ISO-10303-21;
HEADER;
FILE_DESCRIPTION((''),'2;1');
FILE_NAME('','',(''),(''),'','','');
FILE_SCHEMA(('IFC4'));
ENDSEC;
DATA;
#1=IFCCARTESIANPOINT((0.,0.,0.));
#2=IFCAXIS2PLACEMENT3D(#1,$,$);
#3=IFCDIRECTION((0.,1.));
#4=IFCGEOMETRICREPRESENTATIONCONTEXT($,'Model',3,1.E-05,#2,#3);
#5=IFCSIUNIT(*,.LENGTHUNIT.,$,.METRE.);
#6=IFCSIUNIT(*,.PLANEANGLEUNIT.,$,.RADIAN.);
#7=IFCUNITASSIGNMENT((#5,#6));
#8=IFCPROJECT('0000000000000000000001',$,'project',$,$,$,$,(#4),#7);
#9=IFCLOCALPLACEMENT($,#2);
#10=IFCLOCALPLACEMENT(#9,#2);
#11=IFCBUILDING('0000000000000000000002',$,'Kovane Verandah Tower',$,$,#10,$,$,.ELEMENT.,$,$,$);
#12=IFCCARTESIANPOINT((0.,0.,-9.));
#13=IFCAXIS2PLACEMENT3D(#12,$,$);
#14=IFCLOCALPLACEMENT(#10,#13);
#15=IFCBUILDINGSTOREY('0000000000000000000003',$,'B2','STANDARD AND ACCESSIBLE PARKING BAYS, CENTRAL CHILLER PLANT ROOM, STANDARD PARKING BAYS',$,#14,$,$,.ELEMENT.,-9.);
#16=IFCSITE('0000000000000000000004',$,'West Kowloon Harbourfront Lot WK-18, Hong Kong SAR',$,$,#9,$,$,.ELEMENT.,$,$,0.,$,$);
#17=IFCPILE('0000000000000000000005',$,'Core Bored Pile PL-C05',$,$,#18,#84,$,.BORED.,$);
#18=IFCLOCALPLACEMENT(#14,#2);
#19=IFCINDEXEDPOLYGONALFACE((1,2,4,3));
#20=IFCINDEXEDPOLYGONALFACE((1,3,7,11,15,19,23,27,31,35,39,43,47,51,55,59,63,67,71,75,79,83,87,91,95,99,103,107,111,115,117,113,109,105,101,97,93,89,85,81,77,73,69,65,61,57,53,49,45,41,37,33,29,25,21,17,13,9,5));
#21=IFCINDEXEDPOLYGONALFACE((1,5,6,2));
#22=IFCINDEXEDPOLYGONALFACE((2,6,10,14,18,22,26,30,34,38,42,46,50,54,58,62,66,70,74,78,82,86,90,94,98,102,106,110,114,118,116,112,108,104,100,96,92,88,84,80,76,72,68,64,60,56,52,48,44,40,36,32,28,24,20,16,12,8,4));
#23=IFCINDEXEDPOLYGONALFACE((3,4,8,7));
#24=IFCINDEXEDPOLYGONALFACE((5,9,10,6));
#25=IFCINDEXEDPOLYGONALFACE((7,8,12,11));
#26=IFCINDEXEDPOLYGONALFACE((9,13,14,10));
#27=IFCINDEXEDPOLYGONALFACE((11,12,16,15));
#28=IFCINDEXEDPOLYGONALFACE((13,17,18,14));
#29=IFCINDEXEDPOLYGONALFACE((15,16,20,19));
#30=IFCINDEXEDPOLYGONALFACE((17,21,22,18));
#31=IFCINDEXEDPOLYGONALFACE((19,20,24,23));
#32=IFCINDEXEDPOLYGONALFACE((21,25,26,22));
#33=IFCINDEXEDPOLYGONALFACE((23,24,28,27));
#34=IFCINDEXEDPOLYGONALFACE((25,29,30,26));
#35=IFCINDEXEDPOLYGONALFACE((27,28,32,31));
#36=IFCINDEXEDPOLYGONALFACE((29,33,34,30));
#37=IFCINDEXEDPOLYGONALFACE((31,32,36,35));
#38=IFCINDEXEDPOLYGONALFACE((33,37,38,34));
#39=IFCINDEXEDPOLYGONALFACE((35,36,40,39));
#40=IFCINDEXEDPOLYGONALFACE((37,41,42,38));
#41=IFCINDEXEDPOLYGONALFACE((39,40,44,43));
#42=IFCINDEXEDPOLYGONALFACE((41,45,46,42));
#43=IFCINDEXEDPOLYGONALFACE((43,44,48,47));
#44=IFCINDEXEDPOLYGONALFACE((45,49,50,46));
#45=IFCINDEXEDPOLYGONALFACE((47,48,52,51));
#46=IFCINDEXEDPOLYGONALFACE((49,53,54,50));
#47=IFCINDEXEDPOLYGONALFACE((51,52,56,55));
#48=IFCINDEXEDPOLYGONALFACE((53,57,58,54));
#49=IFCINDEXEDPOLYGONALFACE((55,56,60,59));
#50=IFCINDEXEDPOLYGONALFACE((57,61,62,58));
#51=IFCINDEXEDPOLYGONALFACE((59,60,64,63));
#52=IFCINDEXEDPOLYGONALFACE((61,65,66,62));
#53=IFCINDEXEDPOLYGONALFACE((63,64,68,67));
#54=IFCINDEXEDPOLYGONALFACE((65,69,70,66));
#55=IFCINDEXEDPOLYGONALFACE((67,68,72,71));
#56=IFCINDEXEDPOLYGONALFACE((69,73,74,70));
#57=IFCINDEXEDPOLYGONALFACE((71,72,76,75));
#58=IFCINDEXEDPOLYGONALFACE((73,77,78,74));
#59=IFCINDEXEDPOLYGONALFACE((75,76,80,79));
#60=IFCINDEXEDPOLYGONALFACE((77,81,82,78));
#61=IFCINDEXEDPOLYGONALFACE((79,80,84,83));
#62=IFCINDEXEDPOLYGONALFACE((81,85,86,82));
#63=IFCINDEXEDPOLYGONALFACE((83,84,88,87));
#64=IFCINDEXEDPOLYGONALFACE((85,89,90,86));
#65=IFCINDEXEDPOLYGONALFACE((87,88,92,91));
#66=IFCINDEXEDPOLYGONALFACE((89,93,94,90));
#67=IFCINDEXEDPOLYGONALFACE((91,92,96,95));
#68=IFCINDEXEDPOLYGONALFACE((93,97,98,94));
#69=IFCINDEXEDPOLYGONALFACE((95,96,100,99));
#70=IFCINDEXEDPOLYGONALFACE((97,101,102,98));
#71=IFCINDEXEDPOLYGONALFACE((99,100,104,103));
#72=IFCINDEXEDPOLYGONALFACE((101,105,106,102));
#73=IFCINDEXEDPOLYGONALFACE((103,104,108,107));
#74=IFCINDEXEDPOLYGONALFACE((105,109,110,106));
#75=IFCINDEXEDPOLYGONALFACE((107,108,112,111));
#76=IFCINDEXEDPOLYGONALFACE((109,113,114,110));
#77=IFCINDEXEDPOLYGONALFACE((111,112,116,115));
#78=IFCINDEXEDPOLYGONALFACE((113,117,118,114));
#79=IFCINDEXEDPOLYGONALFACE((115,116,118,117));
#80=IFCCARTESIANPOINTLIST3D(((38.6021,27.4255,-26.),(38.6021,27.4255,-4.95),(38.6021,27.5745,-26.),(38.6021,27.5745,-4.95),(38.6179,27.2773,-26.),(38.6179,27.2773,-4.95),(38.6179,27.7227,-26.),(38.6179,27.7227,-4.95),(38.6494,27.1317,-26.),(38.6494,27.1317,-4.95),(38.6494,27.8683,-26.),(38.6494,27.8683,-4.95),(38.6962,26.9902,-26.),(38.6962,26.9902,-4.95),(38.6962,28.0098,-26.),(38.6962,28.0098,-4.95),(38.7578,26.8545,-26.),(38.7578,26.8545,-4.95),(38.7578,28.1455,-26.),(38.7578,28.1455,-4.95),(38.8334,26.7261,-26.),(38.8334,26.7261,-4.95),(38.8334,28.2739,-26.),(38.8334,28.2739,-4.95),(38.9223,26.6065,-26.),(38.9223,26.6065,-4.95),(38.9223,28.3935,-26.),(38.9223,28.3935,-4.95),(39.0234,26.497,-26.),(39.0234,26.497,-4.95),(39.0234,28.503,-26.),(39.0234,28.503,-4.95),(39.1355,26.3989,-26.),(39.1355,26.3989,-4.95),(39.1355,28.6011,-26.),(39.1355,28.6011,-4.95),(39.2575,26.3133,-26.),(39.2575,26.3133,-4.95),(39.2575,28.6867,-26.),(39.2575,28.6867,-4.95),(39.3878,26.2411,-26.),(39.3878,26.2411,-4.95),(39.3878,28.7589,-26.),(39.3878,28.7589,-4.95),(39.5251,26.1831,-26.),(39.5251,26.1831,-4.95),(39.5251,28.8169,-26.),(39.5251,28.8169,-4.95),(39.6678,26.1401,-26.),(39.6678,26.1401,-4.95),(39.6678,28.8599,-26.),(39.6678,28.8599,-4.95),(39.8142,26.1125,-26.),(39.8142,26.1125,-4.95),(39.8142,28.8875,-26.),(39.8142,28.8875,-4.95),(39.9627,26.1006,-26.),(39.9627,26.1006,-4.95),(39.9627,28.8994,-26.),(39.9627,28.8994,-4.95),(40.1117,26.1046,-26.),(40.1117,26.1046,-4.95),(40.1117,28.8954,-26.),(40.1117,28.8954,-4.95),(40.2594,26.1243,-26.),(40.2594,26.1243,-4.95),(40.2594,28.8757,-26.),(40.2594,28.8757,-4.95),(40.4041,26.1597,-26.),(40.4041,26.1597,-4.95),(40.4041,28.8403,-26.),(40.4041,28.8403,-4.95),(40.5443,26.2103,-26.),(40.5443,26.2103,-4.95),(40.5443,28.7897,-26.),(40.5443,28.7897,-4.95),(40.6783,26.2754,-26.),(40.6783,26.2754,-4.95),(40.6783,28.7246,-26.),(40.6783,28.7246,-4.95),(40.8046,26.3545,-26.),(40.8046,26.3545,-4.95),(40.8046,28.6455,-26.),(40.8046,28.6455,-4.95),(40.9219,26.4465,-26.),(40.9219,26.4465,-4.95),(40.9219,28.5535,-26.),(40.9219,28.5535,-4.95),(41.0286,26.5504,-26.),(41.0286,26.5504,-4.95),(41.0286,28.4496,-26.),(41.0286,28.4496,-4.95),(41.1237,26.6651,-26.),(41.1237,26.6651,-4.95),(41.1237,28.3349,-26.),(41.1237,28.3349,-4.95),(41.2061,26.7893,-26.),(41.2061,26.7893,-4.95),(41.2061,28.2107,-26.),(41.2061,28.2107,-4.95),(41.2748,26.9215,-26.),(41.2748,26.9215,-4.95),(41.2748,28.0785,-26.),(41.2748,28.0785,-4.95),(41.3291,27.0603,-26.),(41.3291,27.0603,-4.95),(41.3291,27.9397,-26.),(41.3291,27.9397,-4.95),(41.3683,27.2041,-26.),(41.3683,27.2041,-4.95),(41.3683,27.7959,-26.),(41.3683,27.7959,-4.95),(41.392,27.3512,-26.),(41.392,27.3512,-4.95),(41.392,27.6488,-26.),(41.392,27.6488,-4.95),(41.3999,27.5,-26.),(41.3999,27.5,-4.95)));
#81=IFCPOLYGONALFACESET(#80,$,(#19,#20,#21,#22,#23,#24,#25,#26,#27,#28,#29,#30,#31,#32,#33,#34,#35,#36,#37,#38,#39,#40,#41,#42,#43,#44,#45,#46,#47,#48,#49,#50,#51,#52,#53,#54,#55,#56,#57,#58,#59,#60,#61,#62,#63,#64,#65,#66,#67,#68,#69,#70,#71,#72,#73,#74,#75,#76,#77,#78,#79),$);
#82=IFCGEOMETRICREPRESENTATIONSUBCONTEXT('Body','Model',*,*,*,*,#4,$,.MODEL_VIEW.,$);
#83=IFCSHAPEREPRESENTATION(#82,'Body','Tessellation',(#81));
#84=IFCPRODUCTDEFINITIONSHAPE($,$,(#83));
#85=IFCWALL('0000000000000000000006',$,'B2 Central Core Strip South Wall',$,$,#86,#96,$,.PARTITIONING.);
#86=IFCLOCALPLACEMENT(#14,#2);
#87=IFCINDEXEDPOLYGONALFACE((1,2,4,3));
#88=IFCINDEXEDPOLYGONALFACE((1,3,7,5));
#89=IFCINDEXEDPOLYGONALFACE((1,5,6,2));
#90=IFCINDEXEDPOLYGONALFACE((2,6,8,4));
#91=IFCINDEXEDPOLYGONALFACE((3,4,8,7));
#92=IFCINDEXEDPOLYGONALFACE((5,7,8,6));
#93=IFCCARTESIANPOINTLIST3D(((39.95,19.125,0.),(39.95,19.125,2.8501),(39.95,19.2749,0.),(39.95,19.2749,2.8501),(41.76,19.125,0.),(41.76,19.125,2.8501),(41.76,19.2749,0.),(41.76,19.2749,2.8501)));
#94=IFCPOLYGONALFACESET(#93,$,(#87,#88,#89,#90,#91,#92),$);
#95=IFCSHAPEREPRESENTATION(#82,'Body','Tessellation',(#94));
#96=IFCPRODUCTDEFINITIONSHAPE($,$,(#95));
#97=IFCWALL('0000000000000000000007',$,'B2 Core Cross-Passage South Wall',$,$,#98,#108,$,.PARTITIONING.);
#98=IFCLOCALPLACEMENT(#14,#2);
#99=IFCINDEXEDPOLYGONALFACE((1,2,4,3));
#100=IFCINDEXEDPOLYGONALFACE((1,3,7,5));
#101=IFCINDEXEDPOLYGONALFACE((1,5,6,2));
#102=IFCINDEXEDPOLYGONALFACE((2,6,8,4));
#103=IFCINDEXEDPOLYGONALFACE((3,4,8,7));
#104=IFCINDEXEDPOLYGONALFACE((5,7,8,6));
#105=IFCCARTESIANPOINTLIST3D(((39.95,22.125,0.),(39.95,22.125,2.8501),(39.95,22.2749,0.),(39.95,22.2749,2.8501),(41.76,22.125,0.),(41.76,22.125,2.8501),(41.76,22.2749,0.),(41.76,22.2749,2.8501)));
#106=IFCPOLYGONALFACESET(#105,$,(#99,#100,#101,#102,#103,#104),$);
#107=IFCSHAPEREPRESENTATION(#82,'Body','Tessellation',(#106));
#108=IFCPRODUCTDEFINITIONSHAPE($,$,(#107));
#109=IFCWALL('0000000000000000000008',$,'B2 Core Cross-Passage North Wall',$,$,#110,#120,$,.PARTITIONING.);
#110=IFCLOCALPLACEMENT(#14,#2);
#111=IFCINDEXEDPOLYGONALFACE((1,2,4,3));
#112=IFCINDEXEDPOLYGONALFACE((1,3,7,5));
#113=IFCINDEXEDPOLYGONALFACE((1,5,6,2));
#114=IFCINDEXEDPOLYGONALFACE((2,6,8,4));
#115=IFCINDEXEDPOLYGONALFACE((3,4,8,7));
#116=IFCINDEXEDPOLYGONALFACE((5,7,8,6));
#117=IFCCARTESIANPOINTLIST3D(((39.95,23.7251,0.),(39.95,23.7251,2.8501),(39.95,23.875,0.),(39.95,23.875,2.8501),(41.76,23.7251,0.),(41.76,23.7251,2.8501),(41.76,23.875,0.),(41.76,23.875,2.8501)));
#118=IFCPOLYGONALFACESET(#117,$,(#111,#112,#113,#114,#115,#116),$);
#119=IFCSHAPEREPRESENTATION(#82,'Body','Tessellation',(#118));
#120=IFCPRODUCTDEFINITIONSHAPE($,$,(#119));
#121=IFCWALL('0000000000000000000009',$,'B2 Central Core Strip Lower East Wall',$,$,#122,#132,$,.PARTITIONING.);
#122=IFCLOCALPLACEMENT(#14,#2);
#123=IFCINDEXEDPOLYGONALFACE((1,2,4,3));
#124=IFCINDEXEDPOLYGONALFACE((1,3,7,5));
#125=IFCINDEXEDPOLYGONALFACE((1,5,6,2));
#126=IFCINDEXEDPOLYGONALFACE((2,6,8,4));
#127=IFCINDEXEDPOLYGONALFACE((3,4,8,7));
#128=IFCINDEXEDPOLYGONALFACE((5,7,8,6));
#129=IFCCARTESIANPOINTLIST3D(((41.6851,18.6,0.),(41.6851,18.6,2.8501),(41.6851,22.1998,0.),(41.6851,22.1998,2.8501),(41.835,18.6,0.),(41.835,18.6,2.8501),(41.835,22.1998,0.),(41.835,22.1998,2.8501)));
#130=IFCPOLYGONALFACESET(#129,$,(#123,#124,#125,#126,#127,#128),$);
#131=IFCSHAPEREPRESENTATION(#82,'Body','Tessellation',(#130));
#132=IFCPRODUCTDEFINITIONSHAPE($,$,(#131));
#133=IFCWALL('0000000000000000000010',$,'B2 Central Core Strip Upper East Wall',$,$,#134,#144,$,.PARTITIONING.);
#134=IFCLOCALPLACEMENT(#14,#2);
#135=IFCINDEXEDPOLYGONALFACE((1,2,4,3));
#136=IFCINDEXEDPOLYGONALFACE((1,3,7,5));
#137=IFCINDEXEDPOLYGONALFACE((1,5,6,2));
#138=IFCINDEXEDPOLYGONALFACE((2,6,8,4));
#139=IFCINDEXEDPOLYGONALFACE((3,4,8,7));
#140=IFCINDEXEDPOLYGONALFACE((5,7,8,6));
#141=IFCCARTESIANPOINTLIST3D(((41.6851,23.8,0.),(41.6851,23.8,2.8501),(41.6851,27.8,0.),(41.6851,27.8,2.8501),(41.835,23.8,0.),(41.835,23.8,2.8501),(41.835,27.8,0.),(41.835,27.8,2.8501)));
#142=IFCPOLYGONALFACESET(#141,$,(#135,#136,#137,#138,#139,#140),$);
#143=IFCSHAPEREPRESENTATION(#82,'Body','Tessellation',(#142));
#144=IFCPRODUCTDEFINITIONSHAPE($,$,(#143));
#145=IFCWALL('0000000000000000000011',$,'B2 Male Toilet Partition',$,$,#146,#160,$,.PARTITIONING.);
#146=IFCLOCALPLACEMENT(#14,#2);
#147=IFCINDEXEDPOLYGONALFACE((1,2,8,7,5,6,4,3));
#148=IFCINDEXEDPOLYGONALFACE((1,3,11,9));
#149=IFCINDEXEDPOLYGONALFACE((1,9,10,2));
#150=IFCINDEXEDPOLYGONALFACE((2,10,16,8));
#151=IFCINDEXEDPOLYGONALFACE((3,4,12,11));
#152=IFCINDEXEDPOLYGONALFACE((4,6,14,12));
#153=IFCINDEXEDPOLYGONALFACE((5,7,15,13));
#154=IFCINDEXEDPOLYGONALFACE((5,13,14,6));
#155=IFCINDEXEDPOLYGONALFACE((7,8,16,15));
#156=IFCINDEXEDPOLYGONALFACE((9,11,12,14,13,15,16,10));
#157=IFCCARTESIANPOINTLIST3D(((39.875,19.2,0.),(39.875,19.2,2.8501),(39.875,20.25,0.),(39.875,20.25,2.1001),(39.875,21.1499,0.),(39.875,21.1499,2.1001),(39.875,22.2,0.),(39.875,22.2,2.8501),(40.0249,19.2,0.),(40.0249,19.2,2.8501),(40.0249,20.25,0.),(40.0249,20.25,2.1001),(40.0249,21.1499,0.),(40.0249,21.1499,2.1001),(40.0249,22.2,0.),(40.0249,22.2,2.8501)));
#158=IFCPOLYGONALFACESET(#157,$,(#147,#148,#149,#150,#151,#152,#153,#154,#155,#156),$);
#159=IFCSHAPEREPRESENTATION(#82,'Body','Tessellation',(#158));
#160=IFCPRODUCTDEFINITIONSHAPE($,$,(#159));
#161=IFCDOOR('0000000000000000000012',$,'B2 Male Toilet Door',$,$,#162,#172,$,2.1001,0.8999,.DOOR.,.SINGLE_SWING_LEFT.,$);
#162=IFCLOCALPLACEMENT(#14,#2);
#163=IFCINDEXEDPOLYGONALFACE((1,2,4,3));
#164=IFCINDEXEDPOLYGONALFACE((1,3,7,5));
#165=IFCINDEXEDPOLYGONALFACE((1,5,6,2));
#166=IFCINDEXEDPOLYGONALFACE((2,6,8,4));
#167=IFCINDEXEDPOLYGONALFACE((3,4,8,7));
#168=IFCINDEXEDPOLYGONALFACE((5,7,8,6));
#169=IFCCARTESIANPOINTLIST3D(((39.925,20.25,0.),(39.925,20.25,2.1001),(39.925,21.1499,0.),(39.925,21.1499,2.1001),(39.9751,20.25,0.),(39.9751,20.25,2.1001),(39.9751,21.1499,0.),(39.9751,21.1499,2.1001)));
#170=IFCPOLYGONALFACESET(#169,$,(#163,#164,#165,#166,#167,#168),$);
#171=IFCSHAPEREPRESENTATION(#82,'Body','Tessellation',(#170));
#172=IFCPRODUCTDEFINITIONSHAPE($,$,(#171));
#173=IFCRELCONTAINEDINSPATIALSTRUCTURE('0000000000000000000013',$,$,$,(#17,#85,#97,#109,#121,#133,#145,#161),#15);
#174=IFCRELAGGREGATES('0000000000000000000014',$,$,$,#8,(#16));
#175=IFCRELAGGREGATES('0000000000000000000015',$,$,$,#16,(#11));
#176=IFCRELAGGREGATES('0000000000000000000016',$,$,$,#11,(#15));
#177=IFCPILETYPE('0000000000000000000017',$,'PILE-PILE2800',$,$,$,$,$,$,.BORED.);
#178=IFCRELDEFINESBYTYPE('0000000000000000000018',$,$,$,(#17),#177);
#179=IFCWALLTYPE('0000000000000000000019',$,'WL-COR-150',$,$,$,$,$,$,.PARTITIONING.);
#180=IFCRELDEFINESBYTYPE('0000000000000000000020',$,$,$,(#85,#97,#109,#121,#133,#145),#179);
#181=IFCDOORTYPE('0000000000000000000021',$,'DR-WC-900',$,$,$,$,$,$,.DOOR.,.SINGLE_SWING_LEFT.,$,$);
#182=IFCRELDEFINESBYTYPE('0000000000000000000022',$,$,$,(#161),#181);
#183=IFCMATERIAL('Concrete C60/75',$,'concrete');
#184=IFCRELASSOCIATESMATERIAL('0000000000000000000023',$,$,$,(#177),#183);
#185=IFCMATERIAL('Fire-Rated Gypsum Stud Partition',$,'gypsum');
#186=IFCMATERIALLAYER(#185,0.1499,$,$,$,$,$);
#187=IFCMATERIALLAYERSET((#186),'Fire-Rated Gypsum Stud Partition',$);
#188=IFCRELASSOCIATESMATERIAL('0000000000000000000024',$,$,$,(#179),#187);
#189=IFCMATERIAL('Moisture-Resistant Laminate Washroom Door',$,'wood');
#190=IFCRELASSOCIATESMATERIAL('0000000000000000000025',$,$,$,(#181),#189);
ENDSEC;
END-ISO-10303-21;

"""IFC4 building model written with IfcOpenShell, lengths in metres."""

from ifc_helpers import new_model, si_unit, direction, frame, frame_2d, origin, origin_2d, place, context, subcontext, project, spatial, rectangle, circle, extrude, material, layer, layer_set, material_profile, profile_set, type_object, element, fill, save


model = new_model("IFC4")

# Units and contexts
model_context = context("Model", 3, precision=1e-05, world=origin(), true_north=direction((0.0, 1.0)))
body_context = subcontext(model_context, "Body", "Model", "MODEL_VIEW")
ifc_project = project(units=[si_unit("LENGTHUNIT", "METRE"), si_unit("PLANEANGLEUNIT", "RADIAN")], contexts=[model_context])

# Site, building, storey
site_placement = place(None, origin())
site = spatial("IfcSite", under=ifc_project, at=site_placement, Name="West Kowloon Harbourfront Lot WK-18, Hong Kong SAR", CompositionType="ELEMENT", RefElevation=0.0)
building_placement = place(site_placement, origin())
building = spatial("IfcBuilding", under=site, at=building_placement, Name="Kovane Verandah Tower", CompositionType="ELEMENT")
storey_placement = place(building_placement, frame((0.0, 0.0, -9.0)))
storey = spatial("IfcBuildingStorey", under=building, at=storey_placement, Name="B2", Description="STANDARD AND ACCESSIBLE PARKING BAYS, CENTRAL CHILLER PLANT ROOM, STANDARD PARKING BAYS", CompositionType="ELEMENT", Elevation=-9.0)

# Pile
ifc_material_1 = material(Name="Concrete C60/75", Category="concrete")
ifc_material_profile = material_profile(ifc_material_1, circle(Radius=1.3999, at=origin_2d()), Name="PILE2800")
ifc_profile_set = profile_set([ifc_material_profile], Name="Concrete C60/75")
pile_type = type_object("IfcPileType", Name="PILE-PILE2800", PredefinedType="BORED", material=ifc_profile_set)
pile_placement = place(storey_placement, frame((40.0, 27.5, -4.95), z_axis=(0.0, 0.0, -1.0), x_axis=(1.0, 0.0, 0.0)))
element("IfcPile", 1, at=pile_placement, inside=storey, type_object=pile_type, Name="Core Bored Pile PL-C05", PredefinedType="BORED", context=body_context, shape_type="SweptSolid", body=[
    extrude(circle(Radius=1.3999, at=origin_2d()), origin(), (0.0, 0.0, 1.0), 21.05),
])

# Walls
ifc_material_2 = material(Name="Fire-Rated Gypsum Stud Partition", Category="gypsum")
ifc_layer_1 = layer(ifc_material_2, 0.1499)
ifc_layer_set_1 = layer_set([ifc_layer_1], Name="Fire-Rated Gypsum Stud Partition")
wall_type_1 = type_object("IfcWallType", Name="WL-COR-150", PredefinedType="PARTITIONING", material=ifc_layer_set_1)
for number, where, z_axis, x_axis, name in (
    (2, (39.95, 19.2, 0.0), (0.0, 0.0, 1.0), (1.0, 0.0, 0.0), "B2 Central Core Strip South Wall"),
    (3, (39.95, 22.2, 0.0), (0.0, 0.0, 1.0), (1.0, 0.0, 0.0), "B2 Core Cross-Passage South Wall"),
    (4, (39.95, 23.8, 0.0), (0.0, 0.0, 1.0), (1.0, 0.0, 0.0), "B2 Core Cross-Passage North Wall"),
):
    element("IfcWall", number, at=place(storey_placement, frame(where, z_axis=z_axis, x_axis=x_axis)), inside=storey, type_object=wall_type_1, Name=name, PredefinedType="PARTITIONING", context=body_context, shape_type="SweptSolid", body=[
        extrude(rectangle(XDim=1.8101, YDim=0.1499, at=frame_2d((0.905, 0.0))), origin(), (0.0, 0.0, 1.0), 2.8501),
    ])
wall_1_placement = place(storey_placement, frame((41.76, 18.6001, 0.0), z_axis=(0.0, 0.0, 1.0), x_axis=(0.0, 1.0, 0.0)))
element("IfcWall", 5, at=wall_1_placement, inside=storey, type_object=wall_type_1, Name="B2 Central Core Strip Lower East Wall", PredefinedType="PARTITIONING", context=body_context, shape_type="SweptSolid", body=[
    extrude(rectangle(XDim=3.5999, YDim=0.1499, at=frame_2d((1.7998, 0.0))), origin(), (0.0, 0.0, 1.0), 2.8501),
])
wall_2_placement = place(storey_placement, frame((41.76, 23.8, 0.0), z_axis=(0.0, 0.0, 1.0), x_axis=(0.0, 1.0, 0.0)))
element("IfcWall", 6, at=wall_2_placement, inside=storey, type_object=wall_type_1, Name="B2 Central Core Strip Upper East Wall", PredefinedType="PARTITIONING", context=body_context, shape_type="SweptSolid", body=[
    extrude(rectangle(XDim=4.0, YDim=0.1499, at=frame_2d((2.0, 0.0))), origin(), (0.0, 0.0, 1.0), 2.8501),
])

# Wall, opening, door
wall_3_placement = place(storey_placement, frame((39.95, 19.2, 0.0), z_axis=(0.0, 0.0, 1.0), x_axis=(0.0, 1.0, 0.0)))
wall_3 = element("IfcWall", 7, at=wall_3_placement, inside=storey, type_object=wall_type_1, Name="B2 Male Toilet Partition", PredefinedType="PARTITIONING", context=body_context, shape_type="SweptSolid", body=[
    extrude(rectangle(XDim=3.0, YDim=0.1499, at=frame_2d((1.5, 0.0))), origin(), (0.0, 0.0, 1.0), 2.8501),
])
opening_1_placement = place(wall_3_placement, frame((1.05, 0.0, 0.0)))
opening_1 = element("IfcOpeningElement", 8, at=opening_1_placement, cuts=wall_3, PredefinedType="OPENING", context=body_context, shape_type="SweptSolid", body=[
    extrude(rectangle(XDim=0.8999, YDim=2.1001, at=frame_2d((0.45, 1.05))), frame((0.0, 0.075, 0.0), z_axis=(0.0, -1.0, 0.0), x_axis=(1.0, 0.0, 0.0)), (0.0, 0.0, 1.0), 0.1499),
])
ifc_material_3 = material(Name="Moisture-Resistant Laminate Washroom Door", Category="wood")
door_type_1 = type_object("IfcDoorType", Name="DR-WC-900", OperationType="SINGLE_SWING_LEFT", PredefinedType="DOOR", material=ifc_material_3)
door_1_placement = place(opening_1_placement, origin())
door_1 = element("IfcDoor", 9, at=door_1_placement, inside=storey, type_object=door_type_1, Name="B2 Male Toilet Door", OperationType="SINGLE_SWING_LEFT", OverallHeight=2.1001, OverallWidth=0.8999, PredefinedType="DOOR", context=body_context, shape_type="SweptSolid", body=[
    extrude(rectangle(XDim=0.8999, YDim=2.1001, at=frame_2d((0.45, 1.05))), frame((0.0, 0.0249, 0.0), z_axis=(0.0, -1.0, 0.0), x_axis=(1.0, 0.0, 0.0)), (0.0, 0.0, 1.0), 0.05),
])
fill(opening_1, door_1)

save(model, "model.ifc")
